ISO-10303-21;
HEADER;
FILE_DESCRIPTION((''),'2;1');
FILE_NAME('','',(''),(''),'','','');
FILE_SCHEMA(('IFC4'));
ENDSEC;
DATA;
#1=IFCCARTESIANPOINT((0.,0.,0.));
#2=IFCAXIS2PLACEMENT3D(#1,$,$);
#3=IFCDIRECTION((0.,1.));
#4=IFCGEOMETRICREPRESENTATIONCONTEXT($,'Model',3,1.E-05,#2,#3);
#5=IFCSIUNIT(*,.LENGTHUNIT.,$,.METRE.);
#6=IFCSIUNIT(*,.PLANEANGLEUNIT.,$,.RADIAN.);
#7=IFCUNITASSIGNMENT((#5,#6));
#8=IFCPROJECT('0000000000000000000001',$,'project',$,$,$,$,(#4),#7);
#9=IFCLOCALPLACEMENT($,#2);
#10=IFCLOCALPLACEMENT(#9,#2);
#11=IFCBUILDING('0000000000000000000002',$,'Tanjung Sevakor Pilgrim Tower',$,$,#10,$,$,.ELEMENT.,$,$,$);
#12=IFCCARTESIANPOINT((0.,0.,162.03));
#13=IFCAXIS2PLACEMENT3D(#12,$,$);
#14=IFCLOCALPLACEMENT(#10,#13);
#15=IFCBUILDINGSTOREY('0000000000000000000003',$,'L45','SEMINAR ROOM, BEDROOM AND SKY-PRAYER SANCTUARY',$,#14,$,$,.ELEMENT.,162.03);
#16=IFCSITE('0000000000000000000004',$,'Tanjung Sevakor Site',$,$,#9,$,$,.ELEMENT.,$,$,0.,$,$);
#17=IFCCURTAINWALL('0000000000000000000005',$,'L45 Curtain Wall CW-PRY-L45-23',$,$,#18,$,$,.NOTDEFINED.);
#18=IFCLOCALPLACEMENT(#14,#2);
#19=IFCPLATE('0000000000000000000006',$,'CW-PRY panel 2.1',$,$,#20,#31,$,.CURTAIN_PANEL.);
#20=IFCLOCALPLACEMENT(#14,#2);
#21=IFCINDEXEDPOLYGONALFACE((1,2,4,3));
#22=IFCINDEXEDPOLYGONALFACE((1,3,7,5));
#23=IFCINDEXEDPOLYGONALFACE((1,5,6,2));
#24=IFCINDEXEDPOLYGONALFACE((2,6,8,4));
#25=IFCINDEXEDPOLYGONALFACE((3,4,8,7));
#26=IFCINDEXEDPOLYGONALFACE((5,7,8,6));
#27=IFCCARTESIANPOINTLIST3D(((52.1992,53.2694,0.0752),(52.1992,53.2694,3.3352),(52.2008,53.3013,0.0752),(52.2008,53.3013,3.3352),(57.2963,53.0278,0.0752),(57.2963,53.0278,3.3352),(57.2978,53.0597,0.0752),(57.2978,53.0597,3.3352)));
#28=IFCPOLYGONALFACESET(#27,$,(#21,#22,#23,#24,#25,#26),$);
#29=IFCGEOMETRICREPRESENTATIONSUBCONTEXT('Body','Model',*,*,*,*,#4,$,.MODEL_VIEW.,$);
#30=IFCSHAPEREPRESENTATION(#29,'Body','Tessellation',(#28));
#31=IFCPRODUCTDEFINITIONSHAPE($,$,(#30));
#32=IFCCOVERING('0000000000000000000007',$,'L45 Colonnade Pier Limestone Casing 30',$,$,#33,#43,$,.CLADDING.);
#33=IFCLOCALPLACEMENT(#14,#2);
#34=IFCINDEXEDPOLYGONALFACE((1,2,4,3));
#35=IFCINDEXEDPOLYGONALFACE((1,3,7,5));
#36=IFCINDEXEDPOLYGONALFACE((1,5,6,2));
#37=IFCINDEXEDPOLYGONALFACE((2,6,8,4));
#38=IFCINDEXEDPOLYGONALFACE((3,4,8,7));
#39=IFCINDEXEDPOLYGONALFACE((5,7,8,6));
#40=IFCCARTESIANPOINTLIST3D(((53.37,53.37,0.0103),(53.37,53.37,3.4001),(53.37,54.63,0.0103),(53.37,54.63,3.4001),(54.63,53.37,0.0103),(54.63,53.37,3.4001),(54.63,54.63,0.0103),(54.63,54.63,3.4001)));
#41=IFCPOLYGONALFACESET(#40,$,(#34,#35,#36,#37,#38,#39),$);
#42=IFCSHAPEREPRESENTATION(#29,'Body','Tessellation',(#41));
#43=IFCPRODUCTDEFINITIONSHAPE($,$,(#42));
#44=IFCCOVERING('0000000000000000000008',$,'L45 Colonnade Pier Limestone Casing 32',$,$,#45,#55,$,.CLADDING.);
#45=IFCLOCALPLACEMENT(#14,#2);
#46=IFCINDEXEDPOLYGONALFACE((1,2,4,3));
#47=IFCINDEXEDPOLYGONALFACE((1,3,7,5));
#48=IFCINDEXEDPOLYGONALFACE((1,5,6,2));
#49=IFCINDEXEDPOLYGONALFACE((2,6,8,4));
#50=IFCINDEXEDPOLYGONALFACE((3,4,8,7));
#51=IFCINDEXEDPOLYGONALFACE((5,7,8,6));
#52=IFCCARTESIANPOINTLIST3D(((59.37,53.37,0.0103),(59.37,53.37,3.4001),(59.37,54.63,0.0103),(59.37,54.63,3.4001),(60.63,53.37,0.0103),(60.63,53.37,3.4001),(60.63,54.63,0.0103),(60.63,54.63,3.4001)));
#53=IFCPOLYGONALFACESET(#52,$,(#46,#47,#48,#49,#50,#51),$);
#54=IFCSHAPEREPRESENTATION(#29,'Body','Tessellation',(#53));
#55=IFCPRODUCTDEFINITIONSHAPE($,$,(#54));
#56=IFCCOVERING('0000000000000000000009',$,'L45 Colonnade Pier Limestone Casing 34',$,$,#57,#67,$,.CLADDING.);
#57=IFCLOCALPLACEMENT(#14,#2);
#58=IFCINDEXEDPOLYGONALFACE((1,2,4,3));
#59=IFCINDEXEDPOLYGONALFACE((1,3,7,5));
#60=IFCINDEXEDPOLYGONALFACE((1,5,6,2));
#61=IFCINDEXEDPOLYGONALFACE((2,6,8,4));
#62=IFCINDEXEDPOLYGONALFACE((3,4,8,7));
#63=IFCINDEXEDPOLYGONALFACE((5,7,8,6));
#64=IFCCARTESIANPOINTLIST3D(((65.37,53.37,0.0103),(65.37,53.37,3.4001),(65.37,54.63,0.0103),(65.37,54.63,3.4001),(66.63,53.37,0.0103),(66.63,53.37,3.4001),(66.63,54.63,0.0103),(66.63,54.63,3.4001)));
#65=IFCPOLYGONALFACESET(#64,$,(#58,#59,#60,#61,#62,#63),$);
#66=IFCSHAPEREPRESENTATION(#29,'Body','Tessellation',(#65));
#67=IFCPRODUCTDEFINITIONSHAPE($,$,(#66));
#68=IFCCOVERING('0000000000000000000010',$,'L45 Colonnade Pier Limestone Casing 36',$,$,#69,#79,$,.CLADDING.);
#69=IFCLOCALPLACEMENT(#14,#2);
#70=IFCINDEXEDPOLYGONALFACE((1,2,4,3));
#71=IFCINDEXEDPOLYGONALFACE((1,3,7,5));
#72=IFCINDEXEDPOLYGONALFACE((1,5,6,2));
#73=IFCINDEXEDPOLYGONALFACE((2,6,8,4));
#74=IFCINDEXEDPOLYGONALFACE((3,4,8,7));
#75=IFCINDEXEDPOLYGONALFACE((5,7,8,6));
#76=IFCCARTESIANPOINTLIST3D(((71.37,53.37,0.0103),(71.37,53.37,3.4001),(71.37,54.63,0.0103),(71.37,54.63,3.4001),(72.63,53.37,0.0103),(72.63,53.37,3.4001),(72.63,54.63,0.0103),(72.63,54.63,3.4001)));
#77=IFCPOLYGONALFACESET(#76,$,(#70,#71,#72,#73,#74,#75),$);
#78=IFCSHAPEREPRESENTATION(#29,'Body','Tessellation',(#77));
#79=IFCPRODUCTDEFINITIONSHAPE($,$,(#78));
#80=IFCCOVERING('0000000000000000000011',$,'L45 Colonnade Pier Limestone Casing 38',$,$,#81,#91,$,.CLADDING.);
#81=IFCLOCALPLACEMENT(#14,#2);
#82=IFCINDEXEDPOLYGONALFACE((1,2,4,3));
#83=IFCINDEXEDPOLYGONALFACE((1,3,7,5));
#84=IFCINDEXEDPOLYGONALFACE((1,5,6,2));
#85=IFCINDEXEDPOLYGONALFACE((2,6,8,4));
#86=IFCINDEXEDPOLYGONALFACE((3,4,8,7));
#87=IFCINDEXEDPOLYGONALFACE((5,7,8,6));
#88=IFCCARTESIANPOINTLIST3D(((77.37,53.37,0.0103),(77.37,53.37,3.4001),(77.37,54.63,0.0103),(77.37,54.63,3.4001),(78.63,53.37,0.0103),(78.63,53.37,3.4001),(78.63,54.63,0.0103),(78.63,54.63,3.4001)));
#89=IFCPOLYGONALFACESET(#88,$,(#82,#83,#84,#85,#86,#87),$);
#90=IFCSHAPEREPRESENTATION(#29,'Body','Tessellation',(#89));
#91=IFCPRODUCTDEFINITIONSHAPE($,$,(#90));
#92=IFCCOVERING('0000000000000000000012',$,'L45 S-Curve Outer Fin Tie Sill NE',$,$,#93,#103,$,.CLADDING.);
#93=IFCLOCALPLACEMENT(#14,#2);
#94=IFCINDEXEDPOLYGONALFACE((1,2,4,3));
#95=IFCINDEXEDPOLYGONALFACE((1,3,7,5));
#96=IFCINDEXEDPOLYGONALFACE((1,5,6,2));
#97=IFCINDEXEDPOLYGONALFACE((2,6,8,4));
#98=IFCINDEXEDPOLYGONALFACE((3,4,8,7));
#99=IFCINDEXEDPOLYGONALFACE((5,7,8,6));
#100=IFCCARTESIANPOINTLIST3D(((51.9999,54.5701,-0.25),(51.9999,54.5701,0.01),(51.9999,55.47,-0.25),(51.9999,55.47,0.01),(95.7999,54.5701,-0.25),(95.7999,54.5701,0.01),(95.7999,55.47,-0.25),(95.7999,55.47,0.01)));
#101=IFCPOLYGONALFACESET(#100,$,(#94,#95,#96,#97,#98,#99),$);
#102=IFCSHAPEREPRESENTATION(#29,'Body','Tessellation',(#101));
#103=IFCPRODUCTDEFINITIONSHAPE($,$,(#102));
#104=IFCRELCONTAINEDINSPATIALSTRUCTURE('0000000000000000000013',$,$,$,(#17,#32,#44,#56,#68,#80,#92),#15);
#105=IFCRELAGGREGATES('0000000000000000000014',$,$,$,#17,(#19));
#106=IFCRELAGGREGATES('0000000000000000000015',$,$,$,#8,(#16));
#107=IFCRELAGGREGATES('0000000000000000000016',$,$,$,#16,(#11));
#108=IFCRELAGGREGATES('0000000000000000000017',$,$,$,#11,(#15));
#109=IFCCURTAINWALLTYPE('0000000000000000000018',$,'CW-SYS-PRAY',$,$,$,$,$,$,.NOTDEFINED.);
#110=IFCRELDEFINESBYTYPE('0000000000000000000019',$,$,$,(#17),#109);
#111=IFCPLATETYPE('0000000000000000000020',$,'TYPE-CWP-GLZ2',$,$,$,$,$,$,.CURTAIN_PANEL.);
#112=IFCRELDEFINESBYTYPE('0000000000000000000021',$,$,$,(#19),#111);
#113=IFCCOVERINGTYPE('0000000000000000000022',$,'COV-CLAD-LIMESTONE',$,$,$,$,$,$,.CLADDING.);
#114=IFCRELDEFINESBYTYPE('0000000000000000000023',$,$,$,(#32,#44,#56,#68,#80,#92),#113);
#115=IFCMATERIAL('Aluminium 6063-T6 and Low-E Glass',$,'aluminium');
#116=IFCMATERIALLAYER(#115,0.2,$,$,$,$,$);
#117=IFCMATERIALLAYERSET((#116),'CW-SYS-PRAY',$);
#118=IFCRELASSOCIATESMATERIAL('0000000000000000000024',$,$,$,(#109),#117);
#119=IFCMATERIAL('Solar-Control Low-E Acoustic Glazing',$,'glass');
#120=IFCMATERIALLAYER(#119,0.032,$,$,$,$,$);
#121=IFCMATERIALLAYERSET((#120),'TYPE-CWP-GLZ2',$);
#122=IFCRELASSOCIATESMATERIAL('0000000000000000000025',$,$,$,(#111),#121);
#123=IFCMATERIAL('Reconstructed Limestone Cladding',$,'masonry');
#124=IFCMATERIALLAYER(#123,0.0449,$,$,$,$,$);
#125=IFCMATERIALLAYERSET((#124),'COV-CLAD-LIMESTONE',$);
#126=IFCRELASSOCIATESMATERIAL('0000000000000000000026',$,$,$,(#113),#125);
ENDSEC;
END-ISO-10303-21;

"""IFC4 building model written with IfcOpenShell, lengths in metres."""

from ifc_helpers import new_model, si_unit, direction, frame, origin, origin_2d, place, context, subcontext, project, spatial, rectangle, extrude, material, layer, layer_set, type_object, element, aggregate, save


model = new_model("IFC4")

# Units and contexts
model_context = context("Model", 3, precision=1e-05, world=origin(), true_north=direction((0.0, 1.0)))
body_context = subcontext(model_context, "Body", "Model", "MODEL_VIEW")
ifc_project = project(units=[si_unit("LENGTHUNIT", "METRE"), si_unit("PLANEANGLEUNIT", "RADIAN")], contexts=[model_context])

# Site, building, storey
site_placement = place(None, origin())
site = spatial("IfcSite", under=ifc_project, at=site_placement, Name="Tanjung Sevakor Site", CompositionType="ELEMENT", RefElevation=0.0)
building_placement = place(site_placement, origin())
building = spatial("IfcBuilding", under=site, at=building_placement, Name="Tanjung Sevakor Pilgrim Tower", CompositionType="ELEMENT")
storey_placement = place(building_placement, frame((0.0, 0.0, 162.03)))
storey = spatial("IfcBuildingStorey", under=building, at=storey_placement, Name="L45", Description="SEMINAR ROOM, BEDROOM AND SKY-PRAYER SANCTUARY", CompositionType="ELEMENT", Elevation=162.03)

# Curtain wall
ifc_material_1 = material(Name="Aluminium 6063-T6 and Low-E Glass", Category="aluminium")
ifc_layer_1 = layer(ifc_material_1, 0.2)
ifc_layer_set_1 = layer_set([ifc_layer_1], Name="CW-SYS-PRAY")
curtain_wall_type = type_object("IfcCurtainWallType", Name="CW-SYS-PRAY", PredefinedType="NOTDEFINED", material=ifc_layer_set_1)
curtain_wall_1_placement = place(storey_placement, origin())
curtain_wall_1 = element("IfcCurtainWall", 1, at=curtain_wall_1_placement, inside=storey, type_object=curtain_wall_type, Name="L45 Curtain Wall CW-PRY-L45-23", PredefinedType="NOTDEFINED")

# Shared definitions
ifc_material_2 = material(Name="Solar-Control Low-E Acoustic Glazing", Category="glass")
ifc_layer_2 = layer(ifc_material_2, 0.032)
ifc_layer_set_2 = layer_set([ifc_layer_2], Name="TYPE-CWP-GLZ2")
plate_type = type_object("IfcPlateType", Name="TYPE-CWP-GLZ2", PredefinedType="CURTAIN_PANEL", material=ifc_layer_set_2)

# Plate
plate_1_placement = place(storey_placement, frame((54.7485, 53.1646, 0.0752), z_axis=(0.0, 0.0, 1.0), x_axis=(-0.998879, 0.047341, 0.0)))
plate_1 = element("IfcPlate", 2, at=plate_1_placement, type_object=plate_type, Name="CW-PRY panel 2.1", PredefinedType="CURTAIN_PANEL", context=body_context, shape_type="SweptSolid", body=[
    extrude(rectangle(XDim=5.1028, YDim=0.032, at=origin_2d()), origin(), (0.0, 0.0, 1.0), 3.26),
])
aggregate(curtain_wall_1, [plate_1])

# Coverings
ifc_material_3 = material(Name="Reconstructed Limestone Cladding", Category="masonry")
ifc_layer_3 = layer(ifc_material_3, 0.0449)
ifc_layer_set_3 = layer_set([ifc_layer_3], Name="COV-CLAD-LIMESTONE")
covering_type = type_object("IfcCoveringType", Name="COV-CLAD-LIMESTONE", PredefinedType="CLADDING", material=ifc_layer_set_3)
for number, where, z_axis, x_axis, name in (
    (3, (54.0, 54.0, 0.0103), (0.0, 0.0, 1.0), (1.0, 0.0, 0.0), "L45 Colonnade Pier Limestone Casing 30"),
    (4, (60.0, 54.0, 0.0103), (0.0, 0.0, 1.0), (1.0, 0.0, 0.0), "L45 Colonnade Pier Limestone Casing 32"),
    (5, (66.0, 54.0, 0.0103), (0.0, 0.0, 1.0), (1.0, 0.0, 0.0), "L45 Colonnade Pier Limestone Casing 34"),
    (6, (72.0, 54.0, 0.0103), (0.0, 0.0, 1.0), (1.0, 0.0, 0.0), "L45 Colonnade Pier Limestone Casing 36"),
    (7, (78.0, 54.0, 0.0103), (0.0, 0.0, 1.0), (1.0, 0.0, 0.0), "L45 Colonnade Pier Limestone Casing 38"),
):
    element("IfcCovering", number, at=place(storey_placement, frame(where, z_axis=z_axis, x_axis=x_axis)), inside=storey, type_object=covering_type, Name=name, PredefinedType="CLADDING", context=body_context, shape_type="SweptSolid", body=[
        extrude(rectangle(XDim=1.26, YDim=1.26, at=origin_2d()), origin(), (0.0, 0.0, 1.0), 3.3899),
    ])
covering_placement = place(storey_placement, frame((73.8999, 55.02, -0.25), z_axis=(0.0, 0.0, 1.0), x_axis=(1.0, 0.0, 0.0)))
element("IfcCovering", 8, at=covering_placement, inside=storey, type_object=covering_type, Name="L45 S-Curve Outer Fin Tie Sill NE", PredefinedType="CLADDING", context=body_context, shape_type="SweptSolid", body=[
    extrude(rectangle(XDim=43.8, YDim=0.8999, at=origin_2d()), origin(), (0.0, 0.0, 1.0), 0.26),
])

save(model, "model.ifc")
